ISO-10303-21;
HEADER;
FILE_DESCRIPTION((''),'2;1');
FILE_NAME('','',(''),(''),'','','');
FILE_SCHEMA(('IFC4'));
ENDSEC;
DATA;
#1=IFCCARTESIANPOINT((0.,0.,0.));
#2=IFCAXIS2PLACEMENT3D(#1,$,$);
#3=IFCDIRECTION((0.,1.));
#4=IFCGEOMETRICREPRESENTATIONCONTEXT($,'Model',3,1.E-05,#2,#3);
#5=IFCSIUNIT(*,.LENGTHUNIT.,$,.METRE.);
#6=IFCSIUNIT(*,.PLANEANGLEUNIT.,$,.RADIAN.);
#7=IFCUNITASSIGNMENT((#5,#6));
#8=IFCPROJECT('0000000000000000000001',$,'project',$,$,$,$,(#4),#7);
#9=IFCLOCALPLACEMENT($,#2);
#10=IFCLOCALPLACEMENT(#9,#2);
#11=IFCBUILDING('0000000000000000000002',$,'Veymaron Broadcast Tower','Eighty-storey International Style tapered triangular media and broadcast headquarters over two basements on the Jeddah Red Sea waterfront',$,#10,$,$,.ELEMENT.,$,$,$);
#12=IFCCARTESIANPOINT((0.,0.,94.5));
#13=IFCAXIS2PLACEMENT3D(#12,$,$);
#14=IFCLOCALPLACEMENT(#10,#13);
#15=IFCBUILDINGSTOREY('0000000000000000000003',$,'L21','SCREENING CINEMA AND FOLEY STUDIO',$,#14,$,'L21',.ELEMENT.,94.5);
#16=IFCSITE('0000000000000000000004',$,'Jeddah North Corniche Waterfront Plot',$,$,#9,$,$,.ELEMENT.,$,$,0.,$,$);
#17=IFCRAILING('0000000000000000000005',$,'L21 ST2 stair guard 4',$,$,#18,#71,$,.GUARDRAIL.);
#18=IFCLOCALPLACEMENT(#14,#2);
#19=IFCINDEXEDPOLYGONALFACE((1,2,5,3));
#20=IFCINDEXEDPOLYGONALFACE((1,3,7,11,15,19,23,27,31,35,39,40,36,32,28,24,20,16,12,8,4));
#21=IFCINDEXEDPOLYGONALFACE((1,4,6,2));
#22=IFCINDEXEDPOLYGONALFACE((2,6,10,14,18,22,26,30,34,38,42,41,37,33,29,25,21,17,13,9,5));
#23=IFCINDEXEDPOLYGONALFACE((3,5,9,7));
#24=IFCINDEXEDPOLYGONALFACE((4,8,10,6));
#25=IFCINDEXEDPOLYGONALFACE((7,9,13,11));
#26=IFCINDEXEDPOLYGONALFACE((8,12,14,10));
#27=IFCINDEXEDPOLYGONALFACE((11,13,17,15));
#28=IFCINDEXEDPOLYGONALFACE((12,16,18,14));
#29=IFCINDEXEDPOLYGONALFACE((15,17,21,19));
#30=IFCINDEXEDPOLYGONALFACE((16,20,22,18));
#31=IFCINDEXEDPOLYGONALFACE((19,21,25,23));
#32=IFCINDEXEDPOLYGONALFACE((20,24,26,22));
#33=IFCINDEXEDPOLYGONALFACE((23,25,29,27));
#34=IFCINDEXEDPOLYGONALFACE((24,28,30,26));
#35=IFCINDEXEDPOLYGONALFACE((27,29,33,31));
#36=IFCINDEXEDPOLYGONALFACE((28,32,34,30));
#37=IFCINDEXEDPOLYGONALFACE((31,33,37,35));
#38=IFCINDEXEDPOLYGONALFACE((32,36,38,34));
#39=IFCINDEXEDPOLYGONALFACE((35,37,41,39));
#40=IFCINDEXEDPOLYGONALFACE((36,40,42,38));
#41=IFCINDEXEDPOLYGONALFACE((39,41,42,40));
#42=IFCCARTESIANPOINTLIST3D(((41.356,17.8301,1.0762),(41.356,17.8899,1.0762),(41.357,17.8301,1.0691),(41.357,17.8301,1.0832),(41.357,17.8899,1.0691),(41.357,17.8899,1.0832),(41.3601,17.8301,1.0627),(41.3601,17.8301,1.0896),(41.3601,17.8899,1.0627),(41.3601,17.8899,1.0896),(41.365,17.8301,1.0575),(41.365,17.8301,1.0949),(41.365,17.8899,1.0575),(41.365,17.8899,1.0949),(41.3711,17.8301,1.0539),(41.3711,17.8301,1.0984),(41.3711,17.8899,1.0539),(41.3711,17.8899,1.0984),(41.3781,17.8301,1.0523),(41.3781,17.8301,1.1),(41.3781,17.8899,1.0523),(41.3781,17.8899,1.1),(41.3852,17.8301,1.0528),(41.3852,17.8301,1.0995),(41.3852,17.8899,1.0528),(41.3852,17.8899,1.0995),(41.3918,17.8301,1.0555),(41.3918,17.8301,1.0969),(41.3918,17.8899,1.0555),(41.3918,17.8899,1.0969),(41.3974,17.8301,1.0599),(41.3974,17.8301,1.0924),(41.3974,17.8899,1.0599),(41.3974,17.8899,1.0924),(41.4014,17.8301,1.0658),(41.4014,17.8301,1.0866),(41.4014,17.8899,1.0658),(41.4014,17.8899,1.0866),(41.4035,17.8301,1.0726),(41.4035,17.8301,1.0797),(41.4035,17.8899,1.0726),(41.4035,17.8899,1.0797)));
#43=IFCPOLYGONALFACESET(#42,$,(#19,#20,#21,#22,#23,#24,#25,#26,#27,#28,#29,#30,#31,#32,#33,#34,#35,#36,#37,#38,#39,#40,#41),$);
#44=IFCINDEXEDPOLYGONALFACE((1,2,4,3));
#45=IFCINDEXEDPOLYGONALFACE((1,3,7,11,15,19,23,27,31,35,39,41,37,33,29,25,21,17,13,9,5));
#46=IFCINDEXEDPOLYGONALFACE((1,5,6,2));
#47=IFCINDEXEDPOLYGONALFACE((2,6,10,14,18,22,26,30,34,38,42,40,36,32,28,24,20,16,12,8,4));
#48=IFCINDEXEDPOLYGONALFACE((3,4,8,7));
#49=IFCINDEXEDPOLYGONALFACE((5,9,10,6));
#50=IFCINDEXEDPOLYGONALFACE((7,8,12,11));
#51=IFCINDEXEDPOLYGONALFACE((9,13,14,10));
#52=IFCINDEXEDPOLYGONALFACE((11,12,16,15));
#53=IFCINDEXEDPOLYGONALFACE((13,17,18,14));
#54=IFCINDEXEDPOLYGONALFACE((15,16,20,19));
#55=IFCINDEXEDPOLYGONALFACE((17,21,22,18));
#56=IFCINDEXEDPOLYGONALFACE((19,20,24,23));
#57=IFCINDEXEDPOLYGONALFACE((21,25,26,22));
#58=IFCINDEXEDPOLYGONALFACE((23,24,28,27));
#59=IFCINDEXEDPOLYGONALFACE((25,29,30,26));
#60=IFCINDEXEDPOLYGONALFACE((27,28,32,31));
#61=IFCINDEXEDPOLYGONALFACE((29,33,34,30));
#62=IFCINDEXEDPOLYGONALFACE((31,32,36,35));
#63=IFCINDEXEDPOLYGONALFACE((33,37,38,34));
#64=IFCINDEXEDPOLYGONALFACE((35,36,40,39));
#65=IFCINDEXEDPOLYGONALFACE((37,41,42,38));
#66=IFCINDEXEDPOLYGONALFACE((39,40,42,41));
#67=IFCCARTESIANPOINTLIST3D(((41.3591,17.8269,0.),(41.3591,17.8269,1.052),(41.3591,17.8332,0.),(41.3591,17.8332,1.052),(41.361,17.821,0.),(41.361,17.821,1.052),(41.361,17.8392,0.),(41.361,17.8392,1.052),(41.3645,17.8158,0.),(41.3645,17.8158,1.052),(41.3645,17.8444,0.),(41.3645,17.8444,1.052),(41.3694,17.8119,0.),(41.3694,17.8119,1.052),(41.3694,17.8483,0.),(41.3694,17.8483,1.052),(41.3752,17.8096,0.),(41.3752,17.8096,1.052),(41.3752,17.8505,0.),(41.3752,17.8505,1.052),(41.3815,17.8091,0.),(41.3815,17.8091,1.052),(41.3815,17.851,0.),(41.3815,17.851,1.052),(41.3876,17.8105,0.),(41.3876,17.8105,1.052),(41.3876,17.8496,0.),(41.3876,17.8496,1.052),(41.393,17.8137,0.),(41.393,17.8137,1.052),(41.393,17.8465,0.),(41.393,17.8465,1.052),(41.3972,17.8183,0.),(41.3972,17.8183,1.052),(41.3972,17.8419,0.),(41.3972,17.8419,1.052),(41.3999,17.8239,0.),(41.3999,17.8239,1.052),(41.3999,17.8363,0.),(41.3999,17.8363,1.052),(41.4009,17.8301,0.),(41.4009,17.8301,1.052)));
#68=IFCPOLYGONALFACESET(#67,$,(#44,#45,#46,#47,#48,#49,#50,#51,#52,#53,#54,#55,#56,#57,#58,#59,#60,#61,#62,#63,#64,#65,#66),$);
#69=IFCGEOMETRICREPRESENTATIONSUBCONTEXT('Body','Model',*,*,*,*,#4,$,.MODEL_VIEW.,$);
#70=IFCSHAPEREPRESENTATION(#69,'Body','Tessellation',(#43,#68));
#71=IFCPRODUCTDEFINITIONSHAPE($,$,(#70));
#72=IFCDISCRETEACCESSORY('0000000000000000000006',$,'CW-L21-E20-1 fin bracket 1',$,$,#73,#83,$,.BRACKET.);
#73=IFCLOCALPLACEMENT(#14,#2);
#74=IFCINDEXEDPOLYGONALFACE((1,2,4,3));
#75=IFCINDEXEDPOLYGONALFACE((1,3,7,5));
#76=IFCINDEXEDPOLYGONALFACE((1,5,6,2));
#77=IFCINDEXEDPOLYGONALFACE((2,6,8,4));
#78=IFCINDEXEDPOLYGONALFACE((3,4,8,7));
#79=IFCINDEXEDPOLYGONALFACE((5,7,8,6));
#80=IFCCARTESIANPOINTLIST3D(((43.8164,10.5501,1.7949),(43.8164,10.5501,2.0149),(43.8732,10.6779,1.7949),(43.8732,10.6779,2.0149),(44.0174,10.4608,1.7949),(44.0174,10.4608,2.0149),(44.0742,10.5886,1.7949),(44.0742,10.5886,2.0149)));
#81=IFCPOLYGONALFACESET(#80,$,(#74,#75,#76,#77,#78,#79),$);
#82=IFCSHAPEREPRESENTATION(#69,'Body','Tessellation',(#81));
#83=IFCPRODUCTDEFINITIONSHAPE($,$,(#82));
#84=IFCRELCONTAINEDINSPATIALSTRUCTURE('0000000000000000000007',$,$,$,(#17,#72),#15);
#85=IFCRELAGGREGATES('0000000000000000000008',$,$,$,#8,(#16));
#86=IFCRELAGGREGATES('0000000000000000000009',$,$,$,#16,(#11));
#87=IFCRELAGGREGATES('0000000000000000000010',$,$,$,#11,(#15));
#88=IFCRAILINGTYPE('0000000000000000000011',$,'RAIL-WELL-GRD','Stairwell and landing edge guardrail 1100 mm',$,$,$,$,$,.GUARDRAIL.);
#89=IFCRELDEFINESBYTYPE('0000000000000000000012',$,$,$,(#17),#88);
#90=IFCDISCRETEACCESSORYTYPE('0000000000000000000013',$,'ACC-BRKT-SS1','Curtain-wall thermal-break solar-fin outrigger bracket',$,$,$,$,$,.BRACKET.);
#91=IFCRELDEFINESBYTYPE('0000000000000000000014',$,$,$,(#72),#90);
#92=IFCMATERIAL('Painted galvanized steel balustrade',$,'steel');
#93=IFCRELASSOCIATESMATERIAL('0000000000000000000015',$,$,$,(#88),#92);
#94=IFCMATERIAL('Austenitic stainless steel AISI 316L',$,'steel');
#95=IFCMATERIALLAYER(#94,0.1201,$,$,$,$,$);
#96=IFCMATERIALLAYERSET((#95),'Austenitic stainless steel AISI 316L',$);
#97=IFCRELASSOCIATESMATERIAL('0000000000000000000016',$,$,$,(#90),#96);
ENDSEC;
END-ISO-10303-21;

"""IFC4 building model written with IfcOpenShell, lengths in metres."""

from ifc_helpers import new_model, si_unit, direction, frame, origin, origin_2d, place, context, subcontext, project, spatial, rectangle, circle, extrude, material, layer, layer_set, type_object, element, save


model = new_model("IFC4")

# Units and contexts
model_context = context("Model", 3, precision=1e-05, world=origin(), true_north=direction((0.0, 1.0)))
body_context = subcontext(model_context, "Body", "Model", "MODEL_VIEW")
ifc_project = project(units=[si_unit("LENGTHUNIT", "METRE"), si_unit("PLANEANGLEUNIT", "RADIAN")], contexts=[model_context])

# Site, building, storey
site_placement = place(None, origin())
site = spatial("IfcSite", under=ifc_project, at=site_placement, Name="Jeddah North Corniche Waterfront Plot", CompositionType="ELEMENT", RefElevation=0.0)
building_placement = place(site_placement, origin())
building = spatial("IfcBuilding", under=site, at=building_placement, Name="Veymaron Broadcast Tower", Description="Eighty-storey International Style tapered triangular media and broadcast headquarters over two basements on the Jeddah Red Sea waterfront", CompositionType="ELEMENT")
storey_placement = place(building_placement, frame((0.0, 0.0, 94.5)))
storey = spatial("IfcBuildingStorey", under=building, at=storey_placement, Name="L21", Description="SCREENING CINEMA AND FOLEY STUDIO", LongName="L21", CompositionType="ELEMENT", Elevation=94.5)

# Railing
ifc_material_1 = material(Name="Painted galvanized steel balustrade", Category="steel")
railing_type_1 = type_object("IfcRailingType", Name="RAIL-WELL-GRD", Description="Stairwell and landing edge guardrail 1100 mm", PredefinedType="GUARDRAIL", material=ifc_material_1)
railing_1_placement = place(storey_placement, frame((41.3799, 17.8301, 0.0)))
element("IfcRailing", 1, at=railing_1_placement, inside=storey, type_object=railing_type_1, Name="L21 ST2 stair guard 4", PredefinedType="GUARDRAIL", context=body_context, shape_type="SweptSolid", body=[
    extrude(circle(Radius=0.0239, at=origin_2d()), frame((0.0, 0.0, 1.0762), z_axis=(0.0, 1.0, 0.0), x_axis=(-1.0, 0.0, 0.0)), (0.0, 0.0, 1.0), 0.0598),
    extrude(circle(Radius=0.021, at=origin_2d()), origin(), (0.0, 0.0, 1.0), 1.052),
])

# Discrete accessory
ifc_material_2 = material(Name="Austenitic stainless steel AISI 316L", Category="steel")
ifc_layer_1 = layer(ifc_material_2, 0.1201)
ifc_layer_set_1 = layer_set([ifc_layer_1], Name="Austenitic stainless steel AISI 316L")
discrete_accessory_type = type_object("IfcDiscreteAccessoryType", Name="ACC-BRKT-SS1", Description="Curtain-wall thermal-break solar-fin outrigger bracket", PredefinedType="BRACKET", material=ifc_layer_set_1)
discrete_accessory_placement = place(storey_placement, frame((43.9453, 10.5693, 1.7949), z_axis=(0.0, 0.0, 1.0), x_axis=(0.913914, -0.405907, 0.0)))
element("IfcDiscreteAccessory", 2, at=discrete_accessory_placement, inside=storey, type_object=discrete_accessory_type, Name="CW-L21-E20-1 fin bracket 1", PredefinedType="BRACKET", context=body_context, shape_type="SweptSolid", body=[
    extrude(rectangle(XDim=0.22, YDim=0.1399, at=origin_2d()), origin(), (0.0, 0.0, 1.0), 0.22),
])

save(model, "model.ifc")
